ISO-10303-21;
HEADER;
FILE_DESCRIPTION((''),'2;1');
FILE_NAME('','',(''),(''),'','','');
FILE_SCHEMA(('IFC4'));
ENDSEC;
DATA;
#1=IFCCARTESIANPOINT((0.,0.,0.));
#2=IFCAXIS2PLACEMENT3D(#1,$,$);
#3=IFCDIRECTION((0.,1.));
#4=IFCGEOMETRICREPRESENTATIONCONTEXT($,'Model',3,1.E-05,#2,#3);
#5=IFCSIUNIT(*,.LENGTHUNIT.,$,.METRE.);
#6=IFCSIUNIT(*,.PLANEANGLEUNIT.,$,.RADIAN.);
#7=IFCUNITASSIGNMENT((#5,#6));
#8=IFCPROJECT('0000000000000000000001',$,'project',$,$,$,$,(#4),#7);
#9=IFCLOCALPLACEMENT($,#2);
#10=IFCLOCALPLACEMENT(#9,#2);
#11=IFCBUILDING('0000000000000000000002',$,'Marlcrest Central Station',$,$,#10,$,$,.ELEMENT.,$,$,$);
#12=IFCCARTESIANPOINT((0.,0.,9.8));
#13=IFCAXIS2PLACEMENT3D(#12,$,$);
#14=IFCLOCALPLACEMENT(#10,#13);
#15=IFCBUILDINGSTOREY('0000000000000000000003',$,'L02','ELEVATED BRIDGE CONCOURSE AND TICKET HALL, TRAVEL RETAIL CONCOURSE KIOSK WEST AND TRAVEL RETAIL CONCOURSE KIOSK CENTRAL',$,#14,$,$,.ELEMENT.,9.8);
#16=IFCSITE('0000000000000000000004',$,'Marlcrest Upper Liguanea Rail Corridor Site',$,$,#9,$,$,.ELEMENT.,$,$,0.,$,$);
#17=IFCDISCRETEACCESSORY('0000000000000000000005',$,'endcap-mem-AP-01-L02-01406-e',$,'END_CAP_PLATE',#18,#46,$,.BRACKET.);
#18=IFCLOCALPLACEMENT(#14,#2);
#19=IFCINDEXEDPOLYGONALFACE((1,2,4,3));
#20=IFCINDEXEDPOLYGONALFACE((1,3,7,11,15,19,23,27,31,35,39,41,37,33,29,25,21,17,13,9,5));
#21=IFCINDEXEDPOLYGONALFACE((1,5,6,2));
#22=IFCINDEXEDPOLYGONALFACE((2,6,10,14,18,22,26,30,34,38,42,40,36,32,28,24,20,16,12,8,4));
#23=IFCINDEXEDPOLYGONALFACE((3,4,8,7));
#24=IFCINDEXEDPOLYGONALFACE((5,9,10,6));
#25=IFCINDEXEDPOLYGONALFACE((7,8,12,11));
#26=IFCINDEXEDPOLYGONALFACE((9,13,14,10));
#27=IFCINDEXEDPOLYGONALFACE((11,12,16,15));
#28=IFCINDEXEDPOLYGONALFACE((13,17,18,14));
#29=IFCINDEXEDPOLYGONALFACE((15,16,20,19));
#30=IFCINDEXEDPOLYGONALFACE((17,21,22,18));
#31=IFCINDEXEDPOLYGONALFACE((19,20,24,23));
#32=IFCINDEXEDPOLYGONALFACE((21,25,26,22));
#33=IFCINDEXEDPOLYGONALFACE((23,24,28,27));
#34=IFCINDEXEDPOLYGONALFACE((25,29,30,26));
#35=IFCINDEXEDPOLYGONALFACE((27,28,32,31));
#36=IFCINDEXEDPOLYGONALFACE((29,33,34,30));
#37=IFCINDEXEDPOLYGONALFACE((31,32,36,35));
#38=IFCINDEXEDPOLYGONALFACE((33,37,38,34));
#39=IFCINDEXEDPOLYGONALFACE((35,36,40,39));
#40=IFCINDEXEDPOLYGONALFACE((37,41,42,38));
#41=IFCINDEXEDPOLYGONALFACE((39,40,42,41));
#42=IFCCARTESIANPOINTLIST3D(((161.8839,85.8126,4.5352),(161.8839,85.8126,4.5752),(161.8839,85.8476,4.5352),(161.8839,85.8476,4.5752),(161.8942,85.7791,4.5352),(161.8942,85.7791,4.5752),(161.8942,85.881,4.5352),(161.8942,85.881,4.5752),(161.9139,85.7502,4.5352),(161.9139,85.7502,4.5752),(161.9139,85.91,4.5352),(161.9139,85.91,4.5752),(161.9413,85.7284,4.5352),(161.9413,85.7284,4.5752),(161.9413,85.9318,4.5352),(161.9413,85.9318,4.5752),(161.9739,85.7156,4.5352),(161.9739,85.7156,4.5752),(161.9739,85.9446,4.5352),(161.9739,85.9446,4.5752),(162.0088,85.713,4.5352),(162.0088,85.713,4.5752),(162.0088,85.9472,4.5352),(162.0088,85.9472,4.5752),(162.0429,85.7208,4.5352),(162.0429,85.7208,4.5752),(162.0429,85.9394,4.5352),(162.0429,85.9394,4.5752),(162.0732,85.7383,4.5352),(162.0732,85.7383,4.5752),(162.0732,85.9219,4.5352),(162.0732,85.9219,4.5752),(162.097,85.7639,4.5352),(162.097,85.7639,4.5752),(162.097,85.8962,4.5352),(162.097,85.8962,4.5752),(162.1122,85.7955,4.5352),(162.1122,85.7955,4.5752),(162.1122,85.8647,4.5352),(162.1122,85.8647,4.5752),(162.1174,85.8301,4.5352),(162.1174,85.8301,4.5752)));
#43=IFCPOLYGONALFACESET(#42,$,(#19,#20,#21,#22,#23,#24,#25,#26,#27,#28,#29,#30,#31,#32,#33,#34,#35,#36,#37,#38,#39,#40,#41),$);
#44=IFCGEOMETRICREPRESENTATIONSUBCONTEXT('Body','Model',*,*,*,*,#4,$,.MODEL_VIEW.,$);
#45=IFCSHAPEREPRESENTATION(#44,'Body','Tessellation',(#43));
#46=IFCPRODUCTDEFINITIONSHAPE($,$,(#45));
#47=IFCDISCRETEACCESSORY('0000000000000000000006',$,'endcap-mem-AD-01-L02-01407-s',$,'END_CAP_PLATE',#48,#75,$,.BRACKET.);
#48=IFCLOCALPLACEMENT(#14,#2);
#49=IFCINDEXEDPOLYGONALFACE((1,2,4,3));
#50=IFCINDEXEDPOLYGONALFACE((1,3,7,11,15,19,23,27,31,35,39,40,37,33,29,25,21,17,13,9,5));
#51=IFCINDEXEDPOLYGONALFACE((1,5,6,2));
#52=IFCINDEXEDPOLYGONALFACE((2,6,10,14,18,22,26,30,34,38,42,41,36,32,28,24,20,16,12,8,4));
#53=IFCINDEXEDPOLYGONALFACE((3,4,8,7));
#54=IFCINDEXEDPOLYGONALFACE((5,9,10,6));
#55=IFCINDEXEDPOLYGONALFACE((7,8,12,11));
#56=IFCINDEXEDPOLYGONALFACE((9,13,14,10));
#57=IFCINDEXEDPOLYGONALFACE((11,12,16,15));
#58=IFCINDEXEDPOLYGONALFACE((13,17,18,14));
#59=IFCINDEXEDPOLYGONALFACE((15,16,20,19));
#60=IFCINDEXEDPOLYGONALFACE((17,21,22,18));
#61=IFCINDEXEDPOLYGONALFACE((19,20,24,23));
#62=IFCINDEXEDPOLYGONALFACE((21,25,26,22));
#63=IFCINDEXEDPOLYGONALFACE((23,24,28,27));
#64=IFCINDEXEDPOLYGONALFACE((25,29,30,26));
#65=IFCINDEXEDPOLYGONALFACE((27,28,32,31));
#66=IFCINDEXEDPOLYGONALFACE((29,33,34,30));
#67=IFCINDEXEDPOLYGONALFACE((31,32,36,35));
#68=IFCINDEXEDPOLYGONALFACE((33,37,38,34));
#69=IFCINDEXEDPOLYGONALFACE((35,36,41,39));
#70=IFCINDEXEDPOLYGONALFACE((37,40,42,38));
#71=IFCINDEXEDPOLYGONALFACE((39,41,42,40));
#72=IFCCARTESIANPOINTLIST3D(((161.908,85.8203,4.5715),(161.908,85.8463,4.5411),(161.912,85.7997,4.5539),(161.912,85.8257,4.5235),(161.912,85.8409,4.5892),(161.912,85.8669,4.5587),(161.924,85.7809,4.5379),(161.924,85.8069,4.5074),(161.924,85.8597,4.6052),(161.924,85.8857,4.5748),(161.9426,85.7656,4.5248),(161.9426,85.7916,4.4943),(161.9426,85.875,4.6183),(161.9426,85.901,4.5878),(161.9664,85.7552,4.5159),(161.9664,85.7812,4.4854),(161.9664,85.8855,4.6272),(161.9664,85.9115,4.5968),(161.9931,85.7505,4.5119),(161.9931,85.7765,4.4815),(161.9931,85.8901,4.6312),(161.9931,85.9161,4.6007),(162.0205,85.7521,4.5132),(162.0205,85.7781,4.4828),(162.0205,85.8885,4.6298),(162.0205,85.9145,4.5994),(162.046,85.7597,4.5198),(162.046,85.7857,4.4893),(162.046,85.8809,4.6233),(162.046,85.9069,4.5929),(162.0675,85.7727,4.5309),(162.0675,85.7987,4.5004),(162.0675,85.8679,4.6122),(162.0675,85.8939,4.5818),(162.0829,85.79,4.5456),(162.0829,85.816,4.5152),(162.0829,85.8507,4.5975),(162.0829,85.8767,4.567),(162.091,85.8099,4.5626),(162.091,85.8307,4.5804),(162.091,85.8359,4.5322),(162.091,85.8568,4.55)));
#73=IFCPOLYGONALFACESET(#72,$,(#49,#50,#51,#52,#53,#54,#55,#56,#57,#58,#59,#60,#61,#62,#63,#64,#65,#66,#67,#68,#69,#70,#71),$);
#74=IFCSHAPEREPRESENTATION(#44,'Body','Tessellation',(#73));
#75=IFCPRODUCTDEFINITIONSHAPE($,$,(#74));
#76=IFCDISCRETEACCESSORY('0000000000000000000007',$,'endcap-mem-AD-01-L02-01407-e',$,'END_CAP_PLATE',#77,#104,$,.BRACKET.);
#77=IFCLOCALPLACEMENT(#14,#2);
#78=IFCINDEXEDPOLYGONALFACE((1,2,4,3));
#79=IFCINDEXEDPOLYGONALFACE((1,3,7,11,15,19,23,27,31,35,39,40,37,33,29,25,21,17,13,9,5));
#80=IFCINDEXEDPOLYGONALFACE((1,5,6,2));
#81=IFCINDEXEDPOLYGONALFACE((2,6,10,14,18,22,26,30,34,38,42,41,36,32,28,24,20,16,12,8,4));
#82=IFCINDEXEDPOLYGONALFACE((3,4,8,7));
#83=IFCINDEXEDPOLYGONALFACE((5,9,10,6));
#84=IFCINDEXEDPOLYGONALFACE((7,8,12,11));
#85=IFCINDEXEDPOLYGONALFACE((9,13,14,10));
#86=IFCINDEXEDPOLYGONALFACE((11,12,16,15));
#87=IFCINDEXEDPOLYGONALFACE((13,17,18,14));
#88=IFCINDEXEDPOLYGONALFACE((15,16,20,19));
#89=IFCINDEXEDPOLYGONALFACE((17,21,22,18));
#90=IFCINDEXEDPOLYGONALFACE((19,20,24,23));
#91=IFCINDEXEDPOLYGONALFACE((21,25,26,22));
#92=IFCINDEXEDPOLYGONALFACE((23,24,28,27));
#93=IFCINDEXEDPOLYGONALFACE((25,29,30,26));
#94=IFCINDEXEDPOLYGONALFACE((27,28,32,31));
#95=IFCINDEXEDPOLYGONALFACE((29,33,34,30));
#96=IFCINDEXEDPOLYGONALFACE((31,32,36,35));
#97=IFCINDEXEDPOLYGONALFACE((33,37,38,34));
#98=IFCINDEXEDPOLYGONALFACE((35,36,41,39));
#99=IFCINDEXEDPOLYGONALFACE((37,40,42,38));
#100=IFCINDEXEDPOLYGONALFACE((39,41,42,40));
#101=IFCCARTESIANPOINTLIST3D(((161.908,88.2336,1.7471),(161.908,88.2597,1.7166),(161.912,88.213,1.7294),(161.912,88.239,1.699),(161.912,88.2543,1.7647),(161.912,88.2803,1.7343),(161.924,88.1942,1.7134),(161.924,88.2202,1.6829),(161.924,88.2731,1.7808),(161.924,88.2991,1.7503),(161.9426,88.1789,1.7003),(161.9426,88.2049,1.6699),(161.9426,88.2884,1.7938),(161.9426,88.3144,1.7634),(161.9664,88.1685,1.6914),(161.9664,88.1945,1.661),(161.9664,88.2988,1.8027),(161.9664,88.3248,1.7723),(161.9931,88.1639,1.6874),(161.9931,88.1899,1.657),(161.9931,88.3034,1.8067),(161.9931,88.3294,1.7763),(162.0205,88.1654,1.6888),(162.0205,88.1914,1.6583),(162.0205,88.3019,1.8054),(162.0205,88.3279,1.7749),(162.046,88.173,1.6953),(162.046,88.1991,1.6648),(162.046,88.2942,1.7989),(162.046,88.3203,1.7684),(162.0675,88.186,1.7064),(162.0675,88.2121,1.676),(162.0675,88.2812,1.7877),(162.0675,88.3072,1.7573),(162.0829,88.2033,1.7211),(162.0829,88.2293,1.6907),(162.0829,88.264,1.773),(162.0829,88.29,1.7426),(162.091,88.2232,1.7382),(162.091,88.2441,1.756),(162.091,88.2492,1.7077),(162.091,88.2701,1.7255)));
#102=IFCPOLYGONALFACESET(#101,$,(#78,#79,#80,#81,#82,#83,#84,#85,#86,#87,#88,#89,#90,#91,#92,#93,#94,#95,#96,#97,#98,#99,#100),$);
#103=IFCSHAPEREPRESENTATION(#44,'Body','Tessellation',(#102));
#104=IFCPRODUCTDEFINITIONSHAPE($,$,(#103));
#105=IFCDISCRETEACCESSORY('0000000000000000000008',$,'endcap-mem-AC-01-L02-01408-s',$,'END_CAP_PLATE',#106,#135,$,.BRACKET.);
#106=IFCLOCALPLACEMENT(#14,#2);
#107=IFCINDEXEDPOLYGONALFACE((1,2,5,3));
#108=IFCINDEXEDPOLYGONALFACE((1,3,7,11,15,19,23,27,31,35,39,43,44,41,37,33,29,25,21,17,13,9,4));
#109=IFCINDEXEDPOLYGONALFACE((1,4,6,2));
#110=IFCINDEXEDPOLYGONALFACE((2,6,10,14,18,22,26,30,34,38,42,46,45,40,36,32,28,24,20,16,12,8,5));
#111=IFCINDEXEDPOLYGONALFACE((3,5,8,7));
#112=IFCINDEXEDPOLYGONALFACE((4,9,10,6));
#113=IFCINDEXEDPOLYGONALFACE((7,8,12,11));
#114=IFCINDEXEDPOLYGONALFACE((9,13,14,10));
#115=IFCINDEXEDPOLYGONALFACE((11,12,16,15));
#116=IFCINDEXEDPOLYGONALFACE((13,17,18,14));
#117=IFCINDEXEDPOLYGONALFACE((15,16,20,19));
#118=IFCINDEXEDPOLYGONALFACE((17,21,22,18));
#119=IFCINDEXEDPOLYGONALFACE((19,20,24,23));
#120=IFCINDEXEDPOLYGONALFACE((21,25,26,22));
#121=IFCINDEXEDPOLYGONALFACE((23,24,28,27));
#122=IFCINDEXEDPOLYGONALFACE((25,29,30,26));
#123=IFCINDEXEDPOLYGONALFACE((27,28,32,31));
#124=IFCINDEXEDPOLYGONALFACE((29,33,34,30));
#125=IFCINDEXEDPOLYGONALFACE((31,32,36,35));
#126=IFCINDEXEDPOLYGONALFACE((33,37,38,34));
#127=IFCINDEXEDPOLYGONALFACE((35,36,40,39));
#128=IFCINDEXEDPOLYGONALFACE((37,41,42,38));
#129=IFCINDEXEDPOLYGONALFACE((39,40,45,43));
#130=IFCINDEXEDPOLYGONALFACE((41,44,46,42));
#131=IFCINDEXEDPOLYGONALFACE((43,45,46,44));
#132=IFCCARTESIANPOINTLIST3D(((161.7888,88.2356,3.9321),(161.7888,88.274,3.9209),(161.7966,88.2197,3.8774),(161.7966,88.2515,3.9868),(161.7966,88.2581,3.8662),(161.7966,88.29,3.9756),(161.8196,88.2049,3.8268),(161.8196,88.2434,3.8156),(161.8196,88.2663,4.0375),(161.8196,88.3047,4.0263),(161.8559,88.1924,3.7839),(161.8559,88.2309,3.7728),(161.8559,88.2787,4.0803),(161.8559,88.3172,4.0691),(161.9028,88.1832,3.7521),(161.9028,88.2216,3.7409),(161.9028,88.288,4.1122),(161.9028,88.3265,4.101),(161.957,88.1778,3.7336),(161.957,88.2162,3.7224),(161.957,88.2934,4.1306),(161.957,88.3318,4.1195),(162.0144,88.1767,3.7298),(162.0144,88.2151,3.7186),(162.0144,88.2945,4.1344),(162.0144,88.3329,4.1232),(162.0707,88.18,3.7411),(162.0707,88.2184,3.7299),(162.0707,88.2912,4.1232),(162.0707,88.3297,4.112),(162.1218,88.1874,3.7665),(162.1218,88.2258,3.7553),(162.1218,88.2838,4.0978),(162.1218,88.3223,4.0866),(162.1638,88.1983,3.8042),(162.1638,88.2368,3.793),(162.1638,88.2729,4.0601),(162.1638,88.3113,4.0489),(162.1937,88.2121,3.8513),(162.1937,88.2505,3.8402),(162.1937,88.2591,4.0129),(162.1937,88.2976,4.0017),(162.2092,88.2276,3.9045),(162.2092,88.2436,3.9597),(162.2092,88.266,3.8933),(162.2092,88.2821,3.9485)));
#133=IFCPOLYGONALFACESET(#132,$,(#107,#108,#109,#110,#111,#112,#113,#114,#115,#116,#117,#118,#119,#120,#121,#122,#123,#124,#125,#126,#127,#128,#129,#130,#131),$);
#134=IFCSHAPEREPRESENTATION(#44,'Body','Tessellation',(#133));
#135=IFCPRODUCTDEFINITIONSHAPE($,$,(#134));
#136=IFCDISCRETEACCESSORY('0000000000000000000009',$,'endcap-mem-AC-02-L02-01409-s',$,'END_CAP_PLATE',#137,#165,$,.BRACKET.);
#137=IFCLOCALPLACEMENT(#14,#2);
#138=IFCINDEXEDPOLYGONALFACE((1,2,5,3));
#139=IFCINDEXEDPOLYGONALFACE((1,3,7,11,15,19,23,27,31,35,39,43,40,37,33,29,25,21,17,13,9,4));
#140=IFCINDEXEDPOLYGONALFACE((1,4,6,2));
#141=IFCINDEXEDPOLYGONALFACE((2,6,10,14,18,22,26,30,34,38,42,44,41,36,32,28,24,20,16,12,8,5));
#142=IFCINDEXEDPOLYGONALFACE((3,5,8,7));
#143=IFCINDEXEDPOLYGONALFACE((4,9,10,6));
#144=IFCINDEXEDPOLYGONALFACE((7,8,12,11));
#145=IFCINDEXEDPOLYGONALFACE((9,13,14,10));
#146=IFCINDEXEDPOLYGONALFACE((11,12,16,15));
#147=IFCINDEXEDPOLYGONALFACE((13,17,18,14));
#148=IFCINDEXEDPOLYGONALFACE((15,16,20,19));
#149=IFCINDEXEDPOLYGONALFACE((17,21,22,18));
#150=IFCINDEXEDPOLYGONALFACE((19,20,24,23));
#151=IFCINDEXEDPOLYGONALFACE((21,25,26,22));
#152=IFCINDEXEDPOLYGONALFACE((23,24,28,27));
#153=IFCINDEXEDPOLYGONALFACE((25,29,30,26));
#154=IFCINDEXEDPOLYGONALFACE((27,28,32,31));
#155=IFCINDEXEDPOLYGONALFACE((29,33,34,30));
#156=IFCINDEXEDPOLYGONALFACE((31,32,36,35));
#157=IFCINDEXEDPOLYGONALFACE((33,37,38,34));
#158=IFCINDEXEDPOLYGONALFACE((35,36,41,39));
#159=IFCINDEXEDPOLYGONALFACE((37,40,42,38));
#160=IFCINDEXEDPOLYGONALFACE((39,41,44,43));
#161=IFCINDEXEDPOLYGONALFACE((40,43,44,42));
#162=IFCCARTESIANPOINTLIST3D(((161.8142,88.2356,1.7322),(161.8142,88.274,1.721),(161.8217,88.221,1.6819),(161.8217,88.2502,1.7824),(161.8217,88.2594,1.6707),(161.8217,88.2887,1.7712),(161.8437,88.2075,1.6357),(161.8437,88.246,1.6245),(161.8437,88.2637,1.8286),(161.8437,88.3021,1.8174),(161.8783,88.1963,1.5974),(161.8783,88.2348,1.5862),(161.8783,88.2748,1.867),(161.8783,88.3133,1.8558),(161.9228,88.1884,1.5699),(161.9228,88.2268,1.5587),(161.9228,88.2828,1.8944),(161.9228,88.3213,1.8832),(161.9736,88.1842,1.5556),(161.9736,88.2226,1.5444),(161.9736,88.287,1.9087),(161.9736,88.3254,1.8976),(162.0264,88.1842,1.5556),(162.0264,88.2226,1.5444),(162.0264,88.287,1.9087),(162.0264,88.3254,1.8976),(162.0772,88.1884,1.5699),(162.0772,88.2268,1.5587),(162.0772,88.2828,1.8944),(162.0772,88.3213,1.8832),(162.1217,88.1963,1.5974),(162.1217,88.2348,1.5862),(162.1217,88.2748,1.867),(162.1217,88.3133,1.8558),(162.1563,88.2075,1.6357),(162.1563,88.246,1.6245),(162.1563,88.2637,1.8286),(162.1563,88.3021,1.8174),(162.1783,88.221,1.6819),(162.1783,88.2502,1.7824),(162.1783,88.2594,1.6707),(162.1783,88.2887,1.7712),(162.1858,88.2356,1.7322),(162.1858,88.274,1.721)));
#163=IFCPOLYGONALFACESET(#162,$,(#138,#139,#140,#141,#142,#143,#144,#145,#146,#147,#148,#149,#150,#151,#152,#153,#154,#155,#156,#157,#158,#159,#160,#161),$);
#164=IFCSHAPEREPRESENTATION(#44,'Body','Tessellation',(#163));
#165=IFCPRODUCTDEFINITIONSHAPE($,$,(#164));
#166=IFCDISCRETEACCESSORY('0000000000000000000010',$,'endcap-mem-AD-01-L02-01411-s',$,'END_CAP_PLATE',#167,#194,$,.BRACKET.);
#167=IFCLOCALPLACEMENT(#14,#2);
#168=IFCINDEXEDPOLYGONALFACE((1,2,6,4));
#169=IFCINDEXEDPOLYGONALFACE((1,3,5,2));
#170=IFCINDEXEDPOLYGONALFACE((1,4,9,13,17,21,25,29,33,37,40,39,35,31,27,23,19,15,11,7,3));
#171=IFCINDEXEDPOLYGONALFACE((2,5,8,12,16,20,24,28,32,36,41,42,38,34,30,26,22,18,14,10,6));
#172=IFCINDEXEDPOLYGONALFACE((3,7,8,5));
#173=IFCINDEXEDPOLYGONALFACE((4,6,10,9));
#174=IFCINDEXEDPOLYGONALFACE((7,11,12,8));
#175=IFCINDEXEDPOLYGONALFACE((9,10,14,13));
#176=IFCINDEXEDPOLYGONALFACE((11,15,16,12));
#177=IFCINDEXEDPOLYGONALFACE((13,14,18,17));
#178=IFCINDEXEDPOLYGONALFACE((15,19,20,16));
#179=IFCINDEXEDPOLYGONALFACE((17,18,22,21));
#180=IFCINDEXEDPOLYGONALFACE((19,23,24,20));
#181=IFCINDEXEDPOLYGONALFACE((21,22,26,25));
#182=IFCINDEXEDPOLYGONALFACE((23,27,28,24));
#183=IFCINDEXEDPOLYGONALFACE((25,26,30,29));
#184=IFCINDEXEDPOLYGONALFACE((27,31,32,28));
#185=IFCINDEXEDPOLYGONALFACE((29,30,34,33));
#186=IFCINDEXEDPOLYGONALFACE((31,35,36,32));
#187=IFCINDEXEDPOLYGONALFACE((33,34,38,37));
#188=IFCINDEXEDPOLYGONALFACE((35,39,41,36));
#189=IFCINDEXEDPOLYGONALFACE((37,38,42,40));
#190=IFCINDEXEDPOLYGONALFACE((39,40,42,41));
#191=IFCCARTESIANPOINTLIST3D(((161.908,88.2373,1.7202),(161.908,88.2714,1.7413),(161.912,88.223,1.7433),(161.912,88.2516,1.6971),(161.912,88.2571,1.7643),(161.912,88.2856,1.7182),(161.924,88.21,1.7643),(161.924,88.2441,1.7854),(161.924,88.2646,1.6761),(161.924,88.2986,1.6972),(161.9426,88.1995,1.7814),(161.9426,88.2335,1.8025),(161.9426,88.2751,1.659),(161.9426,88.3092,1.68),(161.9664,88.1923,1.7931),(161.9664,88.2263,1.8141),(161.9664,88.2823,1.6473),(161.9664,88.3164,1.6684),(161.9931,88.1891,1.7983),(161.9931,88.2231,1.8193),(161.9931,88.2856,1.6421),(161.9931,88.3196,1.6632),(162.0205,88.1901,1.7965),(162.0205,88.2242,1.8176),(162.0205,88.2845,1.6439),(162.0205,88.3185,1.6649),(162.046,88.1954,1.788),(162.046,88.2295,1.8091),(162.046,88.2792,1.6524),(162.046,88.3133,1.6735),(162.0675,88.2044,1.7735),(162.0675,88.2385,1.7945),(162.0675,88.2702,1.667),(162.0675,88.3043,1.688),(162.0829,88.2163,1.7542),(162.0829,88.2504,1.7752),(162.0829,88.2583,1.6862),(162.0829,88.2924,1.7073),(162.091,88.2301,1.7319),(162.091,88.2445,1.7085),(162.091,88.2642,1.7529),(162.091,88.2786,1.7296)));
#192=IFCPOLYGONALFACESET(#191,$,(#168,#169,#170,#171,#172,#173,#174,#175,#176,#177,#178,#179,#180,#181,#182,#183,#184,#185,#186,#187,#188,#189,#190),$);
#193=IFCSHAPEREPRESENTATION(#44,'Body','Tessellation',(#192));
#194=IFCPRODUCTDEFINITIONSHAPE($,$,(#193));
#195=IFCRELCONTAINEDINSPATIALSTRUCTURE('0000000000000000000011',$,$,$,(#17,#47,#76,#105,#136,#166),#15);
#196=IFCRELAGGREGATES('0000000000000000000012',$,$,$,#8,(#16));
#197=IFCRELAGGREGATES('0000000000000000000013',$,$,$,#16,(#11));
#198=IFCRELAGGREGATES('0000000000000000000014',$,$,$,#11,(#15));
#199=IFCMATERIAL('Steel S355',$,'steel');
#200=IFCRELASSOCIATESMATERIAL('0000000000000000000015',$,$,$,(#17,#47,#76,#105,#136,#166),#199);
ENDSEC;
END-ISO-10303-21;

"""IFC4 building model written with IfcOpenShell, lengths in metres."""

from ifc_helpers import new_model, si_unit, direction, frame, origin, origin_2d, place, context, subcontext, project, spatial, circle, extrude, material, element, save


model = new_model("IFC4")

# Units and contexts
model_context = context("Model", 3, precision=1e-05, world=origin(), true_north=direction((0.0, 1.0)))
body_context = subcontext(model_context, "Body", "Model", "MODEL_VIEW")
ifc_project = project(units=[si_unit("LENGTHUNIT", "METRE"), si_unit("PLANEANGLEUNIT", "RADIAN")], contexts=[model_context])

# Site, building, storey
site_placement = place(None, origin())
site = spatial("IfcSite", under=ifc_project, at=site_placement, Name="Marlcrest Upper Liguanea Rail Corridor Site", CompositionType="ELEMENT", RefElevation=0.0)
building_placement = place(site_placement, origin())
building = spatial("IfcBuilding", under=site, at=building_placement, Name="Marlcrest Central Station", CompositionType="ELEMENT")
storey_placement = place(building_placement, frame((0.0, 0.0, 9.8)))
storey = spatial("IfcBuildingStorey", under=building, at=storey_placement, Name="L02", Description="ELEVATED BRIDGE CONCOURSE AND TICKET HALL, TRAVEL RETAIL CONCOURSE KIOSK WEST AND TRAVEL RETAIL CONCOURSE KIOSK CENTRAL", CompositionType="ELEMENT", Elevation=9.8)

# Shared definitions
ifc_material_1 = material(Name="Steel S355", Category="steel")

# Discrete accessories
for number, where, z_axis, x_axis, name in (
    (1, (162.0, 85.8301, 4.5352), (0.0, 0.0, 1.0), (1.0, 0.0, 0.0), "endcap-mem-AP-01-L02-01406-e"),
):
    element("IfcDiscreteAccessory", number, at=place(storey_placement, frame(where, z_axis=z_axis, x_axis=x_axis)), inside=storey, material=ifc_material_1, Name=name, ObjectType="END_CAP_PLATE", PredefinedType="BRACKET", context=body_context, shape_type="SweptSolid", body=[
        extrude(circle(Radius=0.1174, at=origin_2d()), origin(), (0.0, 0.0, 1.0), 0.04),
    ])
for number, where, z_axis, x_axis, name in (
    (2, (162.0, 85.8203, 4.5715), (0.0, 0.649625, -0.760255), (-1.0, 0.0, 0.0), "endcap-mem-AD-01-L02-01407-s"),
    (3, (162.0, 88.2336, 1.7471), (0.0, 0.649625, -0.760255), (-1.0, 0.0, 0.0), "endcap-mem-AD-01-L02-01407-e"),
):
    element("IfcDiscreteAccessory", number, at=place(storey_placement, frame(where, z_axis=z_axis, x_axis=x_axis)), inside=storey, material=ifc_material_1, Name=name, ObjectType="END_CAP_PLATE", PredefinedType="BRACKET", context=body_context, shape_type="SweptSolid", body=[
        extrude(circle(Radius=0.092, at=origin_2d()), origin(), (0.0, 0.0, 1.0), 0.04),
    ])
discrete_accessory_1_placement = place(storey_placement, frame((162.0, 88.2356, 3.9321), z_axis=(0.0, 0.96013, -0.279554), x_axis=(-1.0, 0.0, 0.0)))
element("IfcDiscreteAccessory", 4, at=discrete_accessory_1_placement, inside=storey, material=ifc_material_1, Name="endcap-mem-AC-01-L02-01408-s", ObjectType="END_CAP_PLATE", PredefinedType="BRACKET", context=body_context, shape_type="SweptSolid", body=[
    extrude(circle(Radius=0.2112, at=origin_2d()), origin(), (0.0, 0.0, 1.0), 0.04),
])
discrete_accessory_2_placement = place(storey_placement, frame((162.0, 88.2356, 1.7322), z_axis=(0.0, 0.96013, -0.279554), x_axis=(-1.0, 0.0, 0.0)))
element("IfcDiscreteAccessory", 5, at=discrete_accessory_2_placement, inside=storey, material=ifc_material_1, Name="endcap-mem-AC-02-L02-01409-s", ObjectType="END_CAP_PLATE", PredefinedType="BRACKET", context=body_context, shape_type="SweptSolid", body=[
    extrude(circle(Radius=0.1858, at=origin_2d()), origin(), (0.0, 0.0, 1.0), 0.04),
])
discrete_accessory_3_placement = place(storey_placement, frame((162.0, 88.2373, 1.7202), z_axis=(0.0, 0.850687, 0.525672), x_axis=(-1.0, 0.0, 0.0)))
element("IfcDiscreteAccessory", 6, at=discrete_accessory_3_placement, inside=storey, material=ifc_material_1, Name="endcap-mem-AD-01-L02-01411-s", ObjectType="END_CAP_PLATE", PredefinedType="BRACKET", context=body_context, shape_type="SweptSolid", body=[
    extrude(circle(Radius=0.092, at=origin_2d()), origin(), (0.0, 0.0, 1.0), 0.04),
])

save(model, "model.ifc")
